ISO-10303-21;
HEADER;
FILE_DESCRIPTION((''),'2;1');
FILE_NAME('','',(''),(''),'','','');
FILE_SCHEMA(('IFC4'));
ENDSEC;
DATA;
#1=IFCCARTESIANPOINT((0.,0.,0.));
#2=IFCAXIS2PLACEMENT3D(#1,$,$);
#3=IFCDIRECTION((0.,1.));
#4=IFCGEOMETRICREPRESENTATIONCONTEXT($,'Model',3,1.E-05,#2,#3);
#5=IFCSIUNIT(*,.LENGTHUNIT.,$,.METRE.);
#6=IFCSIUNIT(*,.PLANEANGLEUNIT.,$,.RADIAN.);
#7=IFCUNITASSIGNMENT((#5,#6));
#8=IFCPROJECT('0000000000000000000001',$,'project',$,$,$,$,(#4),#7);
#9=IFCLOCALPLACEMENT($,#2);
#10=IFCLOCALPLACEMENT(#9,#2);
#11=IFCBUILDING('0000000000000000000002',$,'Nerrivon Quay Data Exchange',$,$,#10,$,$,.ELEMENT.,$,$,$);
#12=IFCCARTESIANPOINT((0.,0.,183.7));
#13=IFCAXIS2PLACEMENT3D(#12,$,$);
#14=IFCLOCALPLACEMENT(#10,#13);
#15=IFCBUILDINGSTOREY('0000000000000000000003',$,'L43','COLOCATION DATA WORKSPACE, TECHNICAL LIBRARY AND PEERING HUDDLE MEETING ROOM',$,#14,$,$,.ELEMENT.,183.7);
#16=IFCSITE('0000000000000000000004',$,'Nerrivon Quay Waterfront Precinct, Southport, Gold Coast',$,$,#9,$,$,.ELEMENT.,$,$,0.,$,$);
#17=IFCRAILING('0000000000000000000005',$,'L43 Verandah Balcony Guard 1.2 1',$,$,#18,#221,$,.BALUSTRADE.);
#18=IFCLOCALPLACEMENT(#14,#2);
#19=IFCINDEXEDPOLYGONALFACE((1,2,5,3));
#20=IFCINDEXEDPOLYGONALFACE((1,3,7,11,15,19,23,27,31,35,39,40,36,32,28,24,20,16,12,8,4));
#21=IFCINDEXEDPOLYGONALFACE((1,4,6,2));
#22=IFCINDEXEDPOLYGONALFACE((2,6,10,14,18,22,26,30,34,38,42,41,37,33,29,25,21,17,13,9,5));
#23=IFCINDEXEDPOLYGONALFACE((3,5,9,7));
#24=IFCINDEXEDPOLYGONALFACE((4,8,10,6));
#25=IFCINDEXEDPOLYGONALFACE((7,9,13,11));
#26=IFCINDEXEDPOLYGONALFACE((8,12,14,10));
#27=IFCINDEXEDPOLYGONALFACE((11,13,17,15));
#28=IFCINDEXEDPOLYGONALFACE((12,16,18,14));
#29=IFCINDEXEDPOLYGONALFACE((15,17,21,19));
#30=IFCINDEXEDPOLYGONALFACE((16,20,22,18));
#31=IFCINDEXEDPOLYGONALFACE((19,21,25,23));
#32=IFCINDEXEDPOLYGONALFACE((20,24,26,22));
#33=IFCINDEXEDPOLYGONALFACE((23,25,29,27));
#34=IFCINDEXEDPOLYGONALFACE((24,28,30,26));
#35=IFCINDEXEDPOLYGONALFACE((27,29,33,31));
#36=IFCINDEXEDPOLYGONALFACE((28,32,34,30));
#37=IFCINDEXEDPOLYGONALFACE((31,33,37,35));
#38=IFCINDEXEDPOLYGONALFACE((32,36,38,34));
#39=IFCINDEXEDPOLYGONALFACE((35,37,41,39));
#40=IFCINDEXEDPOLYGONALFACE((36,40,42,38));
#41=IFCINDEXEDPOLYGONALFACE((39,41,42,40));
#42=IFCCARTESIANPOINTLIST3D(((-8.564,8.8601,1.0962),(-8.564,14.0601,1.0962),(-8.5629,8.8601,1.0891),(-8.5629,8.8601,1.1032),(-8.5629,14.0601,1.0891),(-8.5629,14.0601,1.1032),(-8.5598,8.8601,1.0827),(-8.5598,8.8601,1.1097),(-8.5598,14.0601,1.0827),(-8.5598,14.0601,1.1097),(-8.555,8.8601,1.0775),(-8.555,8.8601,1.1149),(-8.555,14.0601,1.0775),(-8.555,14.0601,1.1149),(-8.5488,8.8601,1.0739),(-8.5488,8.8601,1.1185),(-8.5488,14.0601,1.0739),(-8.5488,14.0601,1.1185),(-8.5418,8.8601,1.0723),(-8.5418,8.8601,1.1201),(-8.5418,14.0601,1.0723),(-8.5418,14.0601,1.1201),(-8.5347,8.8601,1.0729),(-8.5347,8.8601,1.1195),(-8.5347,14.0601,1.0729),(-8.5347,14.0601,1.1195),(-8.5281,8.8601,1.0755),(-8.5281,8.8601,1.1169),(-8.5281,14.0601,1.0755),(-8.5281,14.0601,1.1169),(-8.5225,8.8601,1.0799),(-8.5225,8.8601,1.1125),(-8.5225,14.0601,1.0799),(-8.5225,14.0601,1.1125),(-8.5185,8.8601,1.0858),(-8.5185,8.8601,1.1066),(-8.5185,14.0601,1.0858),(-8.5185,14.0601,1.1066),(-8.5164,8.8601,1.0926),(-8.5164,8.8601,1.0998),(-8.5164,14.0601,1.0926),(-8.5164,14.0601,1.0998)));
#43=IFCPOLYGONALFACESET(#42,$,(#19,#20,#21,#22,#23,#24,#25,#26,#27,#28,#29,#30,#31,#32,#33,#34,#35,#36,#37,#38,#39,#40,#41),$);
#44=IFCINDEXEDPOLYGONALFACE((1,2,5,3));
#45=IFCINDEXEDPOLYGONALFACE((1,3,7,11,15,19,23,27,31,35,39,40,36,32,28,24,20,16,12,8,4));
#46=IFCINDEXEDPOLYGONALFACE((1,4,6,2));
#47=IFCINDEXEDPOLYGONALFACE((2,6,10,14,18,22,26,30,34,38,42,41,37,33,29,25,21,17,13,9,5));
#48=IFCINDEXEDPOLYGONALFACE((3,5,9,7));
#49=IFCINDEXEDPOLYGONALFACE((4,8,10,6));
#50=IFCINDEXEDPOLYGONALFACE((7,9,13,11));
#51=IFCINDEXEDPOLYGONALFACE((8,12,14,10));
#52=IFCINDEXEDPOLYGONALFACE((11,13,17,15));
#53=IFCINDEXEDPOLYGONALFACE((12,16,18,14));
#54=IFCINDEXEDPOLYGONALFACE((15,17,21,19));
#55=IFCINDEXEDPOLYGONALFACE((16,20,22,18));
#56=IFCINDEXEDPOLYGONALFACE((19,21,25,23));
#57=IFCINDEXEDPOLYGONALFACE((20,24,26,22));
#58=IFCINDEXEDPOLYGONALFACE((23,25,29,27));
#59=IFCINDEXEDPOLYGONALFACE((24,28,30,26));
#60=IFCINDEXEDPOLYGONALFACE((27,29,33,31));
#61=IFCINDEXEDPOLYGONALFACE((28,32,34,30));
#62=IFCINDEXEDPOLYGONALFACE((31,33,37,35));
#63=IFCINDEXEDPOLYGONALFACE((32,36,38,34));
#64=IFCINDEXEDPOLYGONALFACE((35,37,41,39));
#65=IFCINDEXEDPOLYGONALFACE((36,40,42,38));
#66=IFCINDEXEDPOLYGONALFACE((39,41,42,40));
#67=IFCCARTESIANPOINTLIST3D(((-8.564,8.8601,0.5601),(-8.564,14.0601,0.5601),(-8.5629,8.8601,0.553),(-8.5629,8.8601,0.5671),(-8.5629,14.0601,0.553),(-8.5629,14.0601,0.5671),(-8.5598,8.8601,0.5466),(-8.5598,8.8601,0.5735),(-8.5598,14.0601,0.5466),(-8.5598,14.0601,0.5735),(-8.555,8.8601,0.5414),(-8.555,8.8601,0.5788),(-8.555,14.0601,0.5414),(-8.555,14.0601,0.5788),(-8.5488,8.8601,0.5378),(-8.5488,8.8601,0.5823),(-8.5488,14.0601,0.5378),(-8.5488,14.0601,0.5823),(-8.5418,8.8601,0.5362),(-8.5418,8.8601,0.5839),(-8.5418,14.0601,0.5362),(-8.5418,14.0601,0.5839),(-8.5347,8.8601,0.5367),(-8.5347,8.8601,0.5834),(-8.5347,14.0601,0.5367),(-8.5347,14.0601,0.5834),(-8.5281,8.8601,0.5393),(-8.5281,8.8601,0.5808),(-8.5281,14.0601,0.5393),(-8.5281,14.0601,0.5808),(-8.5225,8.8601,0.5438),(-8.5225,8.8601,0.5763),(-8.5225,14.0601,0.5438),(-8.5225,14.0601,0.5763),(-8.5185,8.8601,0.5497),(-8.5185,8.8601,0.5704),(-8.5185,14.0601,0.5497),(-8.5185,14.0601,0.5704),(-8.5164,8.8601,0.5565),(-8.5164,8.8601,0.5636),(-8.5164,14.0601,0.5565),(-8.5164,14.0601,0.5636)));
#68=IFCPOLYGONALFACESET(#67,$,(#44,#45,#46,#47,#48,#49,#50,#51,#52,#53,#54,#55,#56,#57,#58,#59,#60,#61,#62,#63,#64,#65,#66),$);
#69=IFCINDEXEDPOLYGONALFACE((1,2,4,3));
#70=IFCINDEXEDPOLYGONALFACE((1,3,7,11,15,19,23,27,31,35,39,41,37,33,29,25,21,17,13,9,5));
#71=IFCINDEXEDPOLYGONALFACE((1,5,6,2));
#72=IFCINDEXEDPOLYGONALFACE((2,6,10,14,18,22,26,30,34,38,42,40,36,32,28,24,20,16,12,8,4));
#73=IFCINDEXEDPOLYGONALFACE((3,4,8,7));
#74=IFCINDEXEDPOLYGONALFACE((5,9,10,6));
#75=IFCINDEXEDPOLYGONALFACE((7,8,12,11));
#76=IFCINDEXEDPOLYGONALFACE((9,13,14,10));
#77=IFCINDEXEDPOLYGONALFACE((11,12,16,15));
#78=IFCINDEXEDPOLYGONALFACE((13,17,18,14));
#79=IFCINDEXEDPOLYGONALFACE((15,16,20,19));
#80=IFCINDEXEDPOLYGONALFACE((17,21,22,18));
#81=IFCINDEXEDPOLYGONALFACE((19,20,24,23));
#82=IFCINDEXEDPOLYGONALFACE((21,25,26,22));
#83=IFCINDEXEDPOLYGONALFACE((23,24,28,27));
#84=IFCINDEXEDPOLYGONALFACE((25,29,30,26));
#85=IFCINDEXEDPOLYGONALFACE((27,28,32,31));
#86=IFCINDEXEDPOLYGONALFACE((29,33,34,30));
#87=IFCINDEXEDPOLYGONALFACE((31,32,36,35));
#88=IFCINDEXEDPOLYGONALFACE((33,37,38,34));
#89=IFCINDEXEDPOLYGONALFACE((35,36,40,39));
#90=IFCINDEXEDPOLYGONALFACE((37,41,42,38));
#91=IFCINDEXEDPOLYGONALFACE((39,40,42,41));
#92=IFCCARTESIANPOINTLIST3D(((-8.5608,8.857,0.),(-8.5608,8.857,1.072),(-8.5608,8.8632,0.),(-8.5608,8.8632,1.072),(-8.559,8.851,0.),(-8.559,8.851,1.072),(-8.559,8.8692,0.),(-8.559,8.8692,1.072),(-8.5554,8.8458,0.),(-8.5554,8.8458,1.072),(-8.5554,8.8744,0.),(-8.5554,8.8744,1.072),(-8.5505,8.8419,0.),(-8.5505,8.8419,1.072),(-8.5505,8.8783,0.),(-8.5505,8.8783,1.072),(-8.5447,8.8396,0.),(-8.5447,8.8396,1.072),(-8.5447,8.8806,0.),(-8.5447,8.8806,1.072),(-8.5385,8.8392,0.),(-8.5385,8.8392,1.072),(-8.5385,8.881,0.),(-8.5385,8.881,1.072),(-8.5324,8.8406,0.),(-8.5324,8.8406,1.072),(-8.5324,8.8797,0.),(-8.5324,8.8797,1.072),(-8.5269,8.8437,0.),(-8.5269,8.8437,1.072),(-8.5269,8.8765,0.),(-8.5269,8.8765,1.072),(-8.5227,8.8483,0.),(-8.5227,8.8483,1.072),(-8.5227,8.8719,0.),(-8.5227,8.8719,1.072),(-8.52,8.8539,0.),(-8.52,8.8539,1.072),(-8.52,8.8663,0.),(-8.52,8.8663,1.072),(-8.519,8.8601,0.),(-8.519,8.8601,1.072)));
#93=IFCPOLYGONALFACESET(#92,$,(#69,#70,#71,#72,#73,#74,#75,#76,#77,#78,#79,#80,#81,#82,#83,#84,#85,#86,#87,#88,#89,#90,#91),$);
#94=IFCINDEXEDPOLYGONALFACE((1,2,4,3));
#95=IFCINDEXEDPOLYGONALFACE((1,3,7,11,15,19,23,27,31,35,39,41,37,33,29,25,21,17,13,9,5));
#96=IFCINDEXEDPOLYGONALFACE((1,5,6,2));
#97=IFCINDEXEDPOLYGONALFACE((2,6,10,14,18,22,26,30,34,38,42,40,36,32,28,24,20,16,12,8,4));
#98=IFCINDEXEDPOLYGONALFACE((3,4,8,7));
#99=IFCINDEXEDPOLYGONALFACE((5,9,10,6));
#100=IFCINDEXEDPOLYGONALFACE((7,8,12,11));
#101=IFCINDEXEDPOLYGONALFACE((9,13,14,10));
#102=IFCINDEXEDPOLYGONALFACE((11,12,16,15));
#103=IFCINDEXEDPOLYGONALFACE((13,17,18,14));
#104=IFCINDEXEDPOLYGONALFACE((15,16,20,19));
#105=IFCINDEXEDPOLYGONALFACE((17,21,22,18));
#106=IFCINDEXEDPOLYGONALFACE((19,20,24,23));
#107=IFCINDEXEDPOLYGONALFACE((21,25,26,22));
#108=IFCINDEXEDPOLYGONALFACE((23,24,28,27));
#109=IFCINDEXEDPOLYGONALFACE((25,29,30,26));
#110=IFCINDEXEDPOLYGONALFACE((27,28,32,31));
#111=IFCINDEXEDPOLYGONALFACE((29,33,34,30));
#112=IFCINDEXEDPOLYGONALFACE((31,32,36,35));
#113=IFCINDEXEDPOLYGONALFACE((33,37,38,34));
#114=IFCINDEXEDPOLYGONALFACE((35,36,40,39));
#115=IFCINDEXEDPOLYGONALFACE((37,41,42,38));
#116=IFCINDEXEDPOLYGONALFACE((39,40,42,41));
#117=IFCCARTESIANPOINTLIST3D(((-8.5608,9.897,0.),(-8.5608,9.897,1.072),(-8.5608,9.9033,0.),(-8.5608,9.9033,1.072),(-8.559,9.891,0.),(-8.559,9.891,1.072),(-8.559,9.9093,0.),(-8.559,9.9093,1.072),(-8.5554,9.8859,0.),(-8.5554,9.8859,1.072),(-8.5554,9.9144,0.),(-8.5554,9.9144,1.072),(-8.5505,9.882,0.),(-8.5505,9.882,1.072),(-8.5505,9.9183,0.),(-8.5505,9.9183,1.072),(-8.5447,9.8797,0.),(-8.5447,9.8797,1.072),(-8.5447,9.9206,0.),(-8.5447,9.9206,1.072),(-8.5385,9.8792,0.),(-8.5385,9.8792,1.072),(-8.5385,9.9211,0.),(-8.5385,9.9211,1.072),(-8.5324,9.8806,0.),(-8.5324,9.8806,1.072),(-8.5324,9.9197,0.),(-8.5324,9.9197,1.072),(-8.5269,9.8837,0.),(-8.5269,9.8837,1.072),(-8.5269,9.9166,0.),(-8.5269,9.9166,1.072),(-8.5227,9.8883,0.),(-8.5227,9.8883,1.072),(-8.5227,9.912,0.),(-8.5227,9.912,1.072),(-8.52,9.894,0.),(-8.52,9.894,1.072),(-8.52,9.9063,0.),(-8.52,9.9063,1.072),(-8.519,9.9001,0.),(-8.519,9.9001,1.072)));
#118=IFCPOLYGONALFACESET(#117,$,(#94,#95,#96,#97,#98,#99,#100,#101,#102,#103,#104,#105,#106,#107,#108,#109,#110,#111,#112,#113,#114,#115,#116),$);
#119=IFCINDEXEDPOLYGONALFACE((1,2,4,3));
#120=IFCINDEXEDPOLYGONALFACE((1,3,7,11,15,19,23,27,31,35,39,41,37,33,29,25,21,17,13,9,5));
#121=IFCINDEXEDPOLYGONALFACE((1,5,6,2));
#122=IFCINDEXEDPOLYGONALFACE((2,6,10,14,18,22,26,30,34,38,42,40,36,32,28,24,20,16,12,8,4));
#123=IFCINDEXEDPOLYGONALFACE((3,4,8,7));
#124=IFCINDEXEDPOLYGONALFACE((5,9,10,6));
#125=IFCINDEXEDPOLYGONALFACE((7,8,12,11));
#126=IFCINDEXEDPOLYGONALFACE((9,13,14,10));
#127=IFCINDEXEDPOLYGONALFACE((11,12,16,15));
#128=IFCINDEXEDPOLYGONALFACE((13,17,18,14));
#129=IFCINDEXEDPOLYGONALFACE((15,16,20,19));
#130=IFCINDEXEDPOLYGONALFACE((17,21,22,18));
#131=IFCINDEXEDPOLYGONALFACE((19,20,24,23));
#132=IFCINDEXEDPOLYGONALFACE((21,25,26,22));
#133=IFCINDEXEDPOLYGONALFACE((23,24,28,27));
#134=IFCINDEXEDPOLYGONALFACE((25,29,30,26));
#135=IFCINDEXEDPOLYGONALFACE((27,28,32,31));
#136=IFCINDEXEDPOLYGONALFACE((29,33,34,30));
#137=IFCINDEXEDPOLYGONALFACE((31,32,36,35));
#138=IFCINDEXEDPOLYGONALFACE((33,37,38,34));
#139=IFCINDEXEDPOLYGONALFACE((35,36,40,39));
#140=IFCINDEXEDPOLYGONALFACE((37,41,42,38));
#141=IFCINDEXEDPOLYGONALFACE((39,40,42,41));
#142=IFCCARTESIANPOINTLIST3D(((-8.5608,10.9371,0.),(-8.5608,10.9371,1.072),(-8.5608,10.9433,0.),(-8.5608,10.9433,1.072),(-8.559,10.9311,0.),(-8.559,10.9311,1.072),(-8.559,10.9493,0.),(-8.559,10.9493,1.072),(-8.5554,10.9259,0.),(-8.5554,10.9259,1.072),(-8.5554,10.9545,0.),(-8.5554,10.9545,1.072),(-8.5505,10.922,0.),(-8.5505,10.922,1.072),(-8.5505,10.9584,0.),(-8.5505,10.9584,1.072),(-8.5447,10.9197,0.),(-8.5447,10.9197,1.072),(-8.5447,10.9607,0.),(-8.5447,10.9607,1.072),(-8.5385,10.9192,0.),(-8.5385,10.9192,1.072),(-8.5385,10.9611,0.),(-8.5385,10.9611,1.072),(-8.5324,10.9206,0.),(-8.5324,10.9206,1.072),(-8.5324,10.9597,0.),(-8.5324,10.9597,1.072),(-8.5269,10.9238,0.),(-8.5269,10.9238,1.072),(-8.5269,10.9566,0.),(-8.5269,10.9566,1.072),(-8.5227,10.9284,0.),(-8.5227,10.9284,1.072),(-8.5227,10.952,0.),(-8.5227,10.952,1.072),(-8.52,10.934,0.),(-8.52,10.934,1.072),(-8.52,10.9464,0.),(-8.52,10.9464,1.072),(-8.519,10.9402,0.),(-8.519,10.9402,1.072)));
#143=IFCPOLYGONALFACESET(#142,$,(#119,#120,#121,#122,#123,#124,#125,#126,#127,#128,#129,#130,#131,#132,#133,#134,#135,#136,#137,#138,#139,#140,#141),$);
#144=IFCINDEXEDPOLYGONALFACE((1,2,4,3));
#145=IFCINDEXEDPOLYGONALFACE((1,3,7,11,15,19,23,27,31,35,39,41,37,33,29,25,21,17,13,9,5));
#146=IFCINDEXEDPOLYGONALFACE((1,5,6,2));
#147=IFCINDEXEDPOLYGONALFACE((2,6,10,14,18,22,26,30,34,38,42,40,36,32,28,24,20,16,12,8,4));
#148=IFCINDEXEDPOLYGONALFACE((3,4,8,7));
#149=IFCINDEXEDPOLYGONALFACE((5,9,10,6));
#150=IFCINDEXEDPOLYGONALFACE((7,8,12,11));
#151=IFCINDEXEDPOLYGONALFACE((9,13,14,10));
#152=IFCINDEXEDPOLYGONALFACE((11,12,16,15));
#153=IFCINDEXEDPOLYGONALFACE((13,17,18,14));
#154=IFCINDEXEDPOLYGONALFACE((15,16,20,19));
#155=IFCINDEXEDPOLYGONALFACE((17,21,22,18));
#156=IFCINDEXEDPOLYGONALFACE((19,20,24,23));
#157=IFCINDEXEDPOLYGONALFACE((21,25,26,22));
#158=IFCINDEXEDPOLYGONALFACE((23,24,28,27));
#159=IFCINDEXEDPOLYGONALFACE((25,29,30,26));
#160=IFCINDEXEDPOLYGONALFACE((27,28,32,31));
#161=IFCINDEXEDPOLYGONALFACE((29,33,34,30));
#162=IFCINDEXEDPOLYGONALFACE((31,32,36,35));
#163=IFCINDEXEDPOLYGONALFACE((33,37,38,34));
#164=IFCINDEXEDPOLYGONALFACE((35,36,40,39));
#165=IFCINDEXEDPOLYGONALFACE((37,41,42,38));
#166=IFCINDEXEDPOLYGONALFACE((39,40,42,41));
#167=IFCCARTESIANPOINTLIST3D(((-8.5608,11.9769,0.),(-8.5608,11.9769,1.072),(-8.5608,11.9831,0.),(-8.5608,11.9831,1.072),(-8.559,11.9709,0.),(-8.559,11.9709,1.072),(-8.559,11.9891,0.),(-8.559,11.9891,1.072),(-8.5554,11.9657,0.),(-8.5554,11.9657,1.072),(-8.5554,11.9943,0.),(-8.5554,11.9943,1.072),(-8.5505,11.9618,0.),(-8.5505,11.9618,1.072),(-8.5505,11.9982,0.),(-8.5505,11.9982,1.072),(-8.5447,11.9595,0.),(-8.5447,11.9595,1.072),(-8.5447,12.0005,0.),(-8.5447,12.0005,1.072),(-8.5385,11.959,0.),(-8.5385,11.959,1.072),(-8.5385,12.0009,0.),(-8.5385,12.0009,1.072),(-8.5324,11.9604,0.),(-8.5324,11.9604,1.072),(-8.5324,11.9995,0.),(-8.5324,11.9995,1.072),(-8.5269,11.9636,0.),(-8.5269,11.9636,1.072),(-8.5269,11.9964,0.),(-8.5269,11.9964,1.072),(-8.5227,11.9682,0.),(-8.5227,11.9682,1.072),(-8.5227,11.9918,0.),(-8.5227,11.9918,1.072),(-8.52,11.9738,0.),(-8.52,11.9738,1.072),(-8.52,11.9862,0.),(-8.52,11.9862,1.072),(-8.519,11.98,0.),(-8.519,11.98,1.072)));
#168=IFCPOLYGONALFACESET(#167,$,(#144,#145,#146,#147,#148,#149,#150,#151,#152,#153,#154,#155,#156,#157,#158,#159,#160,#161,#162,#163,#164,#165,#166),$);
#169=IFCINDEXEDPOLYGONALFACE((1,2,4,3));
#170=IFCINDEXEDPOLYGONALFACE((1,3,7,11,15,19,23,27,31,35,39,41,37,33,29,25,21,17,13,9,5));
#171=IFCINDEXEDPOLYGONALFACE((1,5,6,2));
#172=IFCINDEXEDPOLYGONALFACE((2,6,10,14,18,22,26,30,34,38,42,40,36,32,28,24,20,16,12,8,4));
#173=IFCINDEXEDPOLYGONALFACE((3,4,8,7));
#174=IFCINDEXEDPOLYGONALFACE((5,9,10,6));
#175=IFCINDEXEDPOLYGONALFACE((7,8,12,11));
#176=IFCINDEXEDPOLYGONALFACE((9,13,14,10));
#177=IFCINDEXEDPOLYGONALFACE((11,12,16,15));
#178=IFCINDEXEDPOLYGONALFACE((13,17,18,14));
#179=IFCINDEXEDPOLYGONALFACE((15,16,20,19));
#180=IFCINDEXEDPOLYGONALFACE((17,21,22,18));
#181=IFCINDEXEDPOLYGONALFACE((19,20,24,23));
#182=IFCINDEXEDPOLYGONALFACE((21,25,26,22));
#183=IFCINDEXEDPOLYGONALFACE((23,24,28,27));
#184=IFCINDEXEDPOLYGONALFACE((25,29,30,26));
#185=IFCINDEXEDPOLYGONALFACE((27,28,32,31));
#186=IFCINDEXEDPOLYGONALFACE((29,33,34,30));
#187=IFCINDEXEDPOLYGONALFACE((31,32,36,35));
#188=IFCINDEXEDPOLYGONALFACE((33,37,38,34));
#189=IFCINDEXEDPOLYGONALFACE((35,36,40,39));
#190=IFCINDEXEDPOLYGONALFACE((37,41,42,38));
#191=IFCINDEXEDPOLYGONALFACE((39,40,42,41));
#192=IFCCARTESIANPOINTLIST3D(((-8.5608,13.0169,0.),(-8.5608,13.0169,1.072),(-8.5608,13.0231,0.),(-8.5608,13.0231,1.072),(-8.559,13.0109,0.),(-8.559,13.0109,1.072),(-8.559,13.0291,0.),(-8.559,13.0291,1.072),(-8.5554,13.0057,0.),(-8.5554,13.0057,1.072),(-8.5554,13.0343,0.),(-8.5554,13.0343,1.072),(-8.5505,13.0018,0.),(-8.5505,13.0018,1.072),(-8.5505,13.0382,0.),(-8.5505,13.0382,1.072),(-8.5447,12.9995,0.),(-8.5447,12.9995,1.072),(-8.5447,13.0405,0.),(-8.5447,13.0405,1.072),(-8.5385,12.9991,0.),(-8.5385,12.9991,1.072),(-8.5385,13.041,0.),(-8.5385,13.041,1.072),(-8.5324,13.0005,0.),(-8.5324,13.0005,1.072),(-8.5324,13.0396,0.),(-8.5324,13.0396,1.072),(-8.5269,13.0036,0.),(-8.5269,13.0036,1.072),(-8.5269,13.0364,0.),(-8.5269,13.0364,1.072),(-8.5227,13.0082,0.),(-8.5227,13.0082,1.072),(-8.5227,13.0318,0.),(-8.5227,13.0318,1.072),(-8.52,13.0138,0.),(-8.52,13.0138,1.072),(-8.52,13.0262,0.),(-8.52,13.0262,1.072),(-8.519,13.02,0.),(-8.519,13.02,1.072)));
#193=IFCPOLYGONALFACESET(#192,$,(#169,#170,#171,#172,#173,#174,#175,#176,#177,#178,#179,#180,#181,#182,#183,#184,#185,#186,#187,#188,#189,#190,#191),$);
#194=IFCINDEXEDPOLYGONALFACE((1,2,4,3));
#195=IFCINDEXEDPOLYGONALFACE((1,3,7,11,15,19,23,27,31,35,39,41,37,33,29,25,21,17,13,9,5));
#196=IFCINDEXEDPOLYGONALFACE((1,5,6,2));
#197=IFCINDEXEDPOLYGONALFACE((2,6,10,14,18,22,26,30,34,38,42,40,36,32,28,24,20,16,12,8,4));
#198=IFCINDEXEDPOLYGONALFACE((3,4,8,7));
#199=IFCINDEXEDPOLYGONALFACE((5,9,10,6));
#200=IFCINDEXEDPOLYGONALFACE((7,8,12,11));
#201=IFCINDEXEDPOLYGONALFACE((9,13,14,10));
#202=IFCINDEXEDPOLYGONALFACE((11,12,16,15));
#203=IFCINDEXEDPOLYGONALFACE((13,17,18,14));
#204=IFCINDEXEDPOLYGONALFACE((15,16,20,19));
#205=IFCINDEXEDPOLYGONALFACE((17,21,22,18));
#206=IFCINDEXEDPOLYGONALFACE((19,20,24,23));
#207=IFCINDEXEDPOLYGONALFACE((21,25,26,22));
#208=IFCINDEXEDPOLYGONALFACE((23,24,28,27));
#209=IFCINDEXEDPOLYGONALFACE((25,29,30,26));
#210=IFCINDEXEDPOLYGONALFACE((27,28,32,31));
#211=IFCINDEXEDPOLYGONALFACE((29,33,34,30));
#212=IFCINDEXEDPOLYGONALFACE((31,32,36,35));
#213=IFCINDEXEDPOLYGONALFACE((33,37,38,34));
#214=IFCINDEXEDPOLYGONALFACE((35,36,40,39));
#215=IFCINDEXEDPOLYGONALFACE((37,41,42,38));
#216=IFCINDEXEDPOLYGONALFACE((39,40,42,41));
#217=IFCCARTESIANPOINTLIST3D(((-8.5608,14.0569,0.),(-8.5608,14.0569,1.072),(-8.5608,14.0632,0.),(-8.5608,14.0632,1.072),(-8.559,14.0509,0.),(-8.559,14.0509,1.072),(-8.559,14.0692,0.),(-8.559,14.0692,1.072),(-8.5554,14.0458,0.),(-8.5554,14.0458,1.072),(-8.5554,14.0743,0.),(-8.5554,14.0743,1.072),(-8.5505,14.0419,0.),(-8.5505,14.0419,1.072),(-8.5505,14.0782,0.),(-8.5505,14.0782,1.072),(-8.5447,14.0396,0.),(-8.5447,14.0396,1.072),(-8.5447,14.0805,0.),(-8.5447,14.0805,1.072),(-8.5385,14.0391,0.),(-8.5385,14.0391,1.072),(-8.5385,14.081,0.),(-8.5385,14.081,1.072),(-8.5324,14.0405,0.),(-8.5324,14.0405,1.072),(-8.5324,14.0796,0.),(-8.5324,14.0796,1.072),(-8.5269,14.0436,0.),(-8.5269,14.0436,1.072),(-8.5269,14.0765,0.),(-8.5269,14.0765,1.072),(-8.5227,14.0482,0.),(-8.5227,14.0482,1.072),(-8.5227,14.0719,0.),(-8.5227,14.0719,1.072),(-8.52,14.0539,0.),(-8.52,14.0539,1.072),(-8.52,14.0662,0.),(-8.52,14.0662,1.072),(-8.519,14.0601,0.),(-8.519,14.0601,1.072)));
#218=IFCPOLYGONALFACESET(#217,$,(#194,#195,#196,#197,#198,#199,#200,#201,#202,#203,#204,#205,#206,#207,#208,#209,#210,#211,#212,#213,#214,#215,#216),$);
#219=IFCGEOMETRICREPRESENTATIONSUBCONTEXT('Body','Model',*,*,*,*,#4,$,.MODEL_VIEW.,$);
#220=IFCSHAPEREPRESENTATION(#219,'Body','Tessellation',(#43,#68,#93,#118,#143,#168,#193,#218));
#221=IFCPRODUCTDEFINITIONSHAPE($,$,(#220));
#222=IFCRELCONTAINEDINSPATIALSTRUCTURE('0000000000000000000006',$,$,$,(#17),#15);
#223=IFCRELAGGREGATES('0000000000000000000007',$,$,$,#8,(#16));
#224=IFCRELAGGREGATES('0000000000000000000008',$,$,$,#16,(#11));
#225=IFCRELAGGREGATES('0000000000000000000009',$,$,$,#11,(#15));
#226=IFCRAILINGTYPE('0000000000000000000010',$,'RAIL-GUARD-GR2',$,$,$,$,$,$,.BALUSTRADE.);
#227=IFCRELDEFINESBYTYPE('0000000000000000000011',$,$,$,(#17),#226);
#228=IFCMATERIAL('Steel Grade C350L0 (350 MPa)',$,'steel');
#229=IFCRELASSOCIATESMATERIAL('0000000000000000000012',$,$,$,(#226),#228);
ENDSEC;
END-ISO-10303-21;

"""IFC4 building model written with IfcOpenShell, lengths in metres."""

from ifc_helpers import new_model, si_unit, direction, frame, origin, origin_2d, place, context, subcontext, project, spatial, circle, extrude, material, type_object, element, save


model = new_model("IFC4")

# Units and contexts
model_context = context("Model", 3, precision=1e-05, world=origin(), true_north=direction((0.0, 1.0)))
body_context = subcontext(model_context, "Body", "Model", "MODEL_VIEW")
ifc_project = project(units=[si_unit("LENGTHUNIT", "METRE"), si_unit("PLANEANGLEUNIT", "RADIAN")], contexts=[model_context])

# Site, building, storey
site_placement = place(None, origin())
site = spatial("IfcSite", under=ifc_project, at=site_placement, Name="Nerrivon Quay Waterfront Precinct, Southport, Gold Coast", CompositionType="ELEMENT", RefElevation=0.0)
building_placement = place(site_placement, origin())
building = spatial("IfcBuilding", under=site, at=building_placement, Name="Nerrivon Quay Data Exchange", CompositionType="ELEMENT")
storey_placement = place(building_placement, frame((0.0, 0.0, 183.7)))
storey = spatial("IfcBuildingStorey", under=building, at=storey_placement, Name="L43", Description="COLOCATION DATA WORKSPACE, TECHNICAL LIBRARY AND PEERING HUDDLE MEETING ROOM", CompositionType="ELEMENT", Elevation=183.7)

# Railing
ifc_material_1 = material(Name="Steel Grade C350L0 (350 MPa)", Category="steel")
railing_type = type_object("IfcRailingType", Name="RAIL-GUARD-GR2", PredefinedType="BALUSTRADE", material=ifc_material_1)
railing_1_placement = place(storey_placement, frame((-8.54, 8.8601, 0.0)))
element("IfcRailing", 1, at=railing_1_placement, inside=storey, type_object=railing_type, Name="L43 Verandah Balcony Guard 1.2 1", PredefinedType="BALUSTRADE", context=body_context, shape_type="SweptSolid", body=[
    extrude(circle(Radius=0.0239, at=origin_2d()), frame((0.0, 0.0, 1.0962), z_axis=(0.0, 1.0, 0.0), x_axis=(-1.0, 0.0, 0.0)), (0.0, 0.0, 1.0), 5.2),
    extrude(circle(Radius=0.0239, at=origin_2d()), frame((0.0, 0.0, 0.5601), z_axis=(0.0, 1.0, 0.0), x_axis=(-1.0, 0.0, 0.0)), (0.0, 0.0, 1.0), 5.2),
    extrude(circle(Radius=0.021, at=origin_2d()), origin(), (0.0, 0.0, 1.0), 1.072),
    extrude(circle(Radius=0.021, at=origin_2d()), frame((0.0, 1.04, 0.0)), (0.0, 0.0, 1.0), 1.072),
    extrude(circle(Radius=0.021, at=origin_2d()), frame((0.0, 2.0801, 0.0)), (0.0, 0.0, 1.0), 1.072),
    extrude(circle(Radius=0.021, at=origin_2d()), frame((0.0, 3.1199, 0.0)), (0.0, 0.0, 1.0), 1.072),
    extrude(circle(Radius=0.021, at=origin_2d()), frame((0.0, 4.1599, 0.0)), (0.0, 0.0, 1.0), 1.072),
    extrude(circle(Radius=0.021, at=origin_2d()), frame((0.0, 5.2, 0.0)), (0.0, 0.0, 1.0), 1.072),
])

save(model, "model.ifc")
